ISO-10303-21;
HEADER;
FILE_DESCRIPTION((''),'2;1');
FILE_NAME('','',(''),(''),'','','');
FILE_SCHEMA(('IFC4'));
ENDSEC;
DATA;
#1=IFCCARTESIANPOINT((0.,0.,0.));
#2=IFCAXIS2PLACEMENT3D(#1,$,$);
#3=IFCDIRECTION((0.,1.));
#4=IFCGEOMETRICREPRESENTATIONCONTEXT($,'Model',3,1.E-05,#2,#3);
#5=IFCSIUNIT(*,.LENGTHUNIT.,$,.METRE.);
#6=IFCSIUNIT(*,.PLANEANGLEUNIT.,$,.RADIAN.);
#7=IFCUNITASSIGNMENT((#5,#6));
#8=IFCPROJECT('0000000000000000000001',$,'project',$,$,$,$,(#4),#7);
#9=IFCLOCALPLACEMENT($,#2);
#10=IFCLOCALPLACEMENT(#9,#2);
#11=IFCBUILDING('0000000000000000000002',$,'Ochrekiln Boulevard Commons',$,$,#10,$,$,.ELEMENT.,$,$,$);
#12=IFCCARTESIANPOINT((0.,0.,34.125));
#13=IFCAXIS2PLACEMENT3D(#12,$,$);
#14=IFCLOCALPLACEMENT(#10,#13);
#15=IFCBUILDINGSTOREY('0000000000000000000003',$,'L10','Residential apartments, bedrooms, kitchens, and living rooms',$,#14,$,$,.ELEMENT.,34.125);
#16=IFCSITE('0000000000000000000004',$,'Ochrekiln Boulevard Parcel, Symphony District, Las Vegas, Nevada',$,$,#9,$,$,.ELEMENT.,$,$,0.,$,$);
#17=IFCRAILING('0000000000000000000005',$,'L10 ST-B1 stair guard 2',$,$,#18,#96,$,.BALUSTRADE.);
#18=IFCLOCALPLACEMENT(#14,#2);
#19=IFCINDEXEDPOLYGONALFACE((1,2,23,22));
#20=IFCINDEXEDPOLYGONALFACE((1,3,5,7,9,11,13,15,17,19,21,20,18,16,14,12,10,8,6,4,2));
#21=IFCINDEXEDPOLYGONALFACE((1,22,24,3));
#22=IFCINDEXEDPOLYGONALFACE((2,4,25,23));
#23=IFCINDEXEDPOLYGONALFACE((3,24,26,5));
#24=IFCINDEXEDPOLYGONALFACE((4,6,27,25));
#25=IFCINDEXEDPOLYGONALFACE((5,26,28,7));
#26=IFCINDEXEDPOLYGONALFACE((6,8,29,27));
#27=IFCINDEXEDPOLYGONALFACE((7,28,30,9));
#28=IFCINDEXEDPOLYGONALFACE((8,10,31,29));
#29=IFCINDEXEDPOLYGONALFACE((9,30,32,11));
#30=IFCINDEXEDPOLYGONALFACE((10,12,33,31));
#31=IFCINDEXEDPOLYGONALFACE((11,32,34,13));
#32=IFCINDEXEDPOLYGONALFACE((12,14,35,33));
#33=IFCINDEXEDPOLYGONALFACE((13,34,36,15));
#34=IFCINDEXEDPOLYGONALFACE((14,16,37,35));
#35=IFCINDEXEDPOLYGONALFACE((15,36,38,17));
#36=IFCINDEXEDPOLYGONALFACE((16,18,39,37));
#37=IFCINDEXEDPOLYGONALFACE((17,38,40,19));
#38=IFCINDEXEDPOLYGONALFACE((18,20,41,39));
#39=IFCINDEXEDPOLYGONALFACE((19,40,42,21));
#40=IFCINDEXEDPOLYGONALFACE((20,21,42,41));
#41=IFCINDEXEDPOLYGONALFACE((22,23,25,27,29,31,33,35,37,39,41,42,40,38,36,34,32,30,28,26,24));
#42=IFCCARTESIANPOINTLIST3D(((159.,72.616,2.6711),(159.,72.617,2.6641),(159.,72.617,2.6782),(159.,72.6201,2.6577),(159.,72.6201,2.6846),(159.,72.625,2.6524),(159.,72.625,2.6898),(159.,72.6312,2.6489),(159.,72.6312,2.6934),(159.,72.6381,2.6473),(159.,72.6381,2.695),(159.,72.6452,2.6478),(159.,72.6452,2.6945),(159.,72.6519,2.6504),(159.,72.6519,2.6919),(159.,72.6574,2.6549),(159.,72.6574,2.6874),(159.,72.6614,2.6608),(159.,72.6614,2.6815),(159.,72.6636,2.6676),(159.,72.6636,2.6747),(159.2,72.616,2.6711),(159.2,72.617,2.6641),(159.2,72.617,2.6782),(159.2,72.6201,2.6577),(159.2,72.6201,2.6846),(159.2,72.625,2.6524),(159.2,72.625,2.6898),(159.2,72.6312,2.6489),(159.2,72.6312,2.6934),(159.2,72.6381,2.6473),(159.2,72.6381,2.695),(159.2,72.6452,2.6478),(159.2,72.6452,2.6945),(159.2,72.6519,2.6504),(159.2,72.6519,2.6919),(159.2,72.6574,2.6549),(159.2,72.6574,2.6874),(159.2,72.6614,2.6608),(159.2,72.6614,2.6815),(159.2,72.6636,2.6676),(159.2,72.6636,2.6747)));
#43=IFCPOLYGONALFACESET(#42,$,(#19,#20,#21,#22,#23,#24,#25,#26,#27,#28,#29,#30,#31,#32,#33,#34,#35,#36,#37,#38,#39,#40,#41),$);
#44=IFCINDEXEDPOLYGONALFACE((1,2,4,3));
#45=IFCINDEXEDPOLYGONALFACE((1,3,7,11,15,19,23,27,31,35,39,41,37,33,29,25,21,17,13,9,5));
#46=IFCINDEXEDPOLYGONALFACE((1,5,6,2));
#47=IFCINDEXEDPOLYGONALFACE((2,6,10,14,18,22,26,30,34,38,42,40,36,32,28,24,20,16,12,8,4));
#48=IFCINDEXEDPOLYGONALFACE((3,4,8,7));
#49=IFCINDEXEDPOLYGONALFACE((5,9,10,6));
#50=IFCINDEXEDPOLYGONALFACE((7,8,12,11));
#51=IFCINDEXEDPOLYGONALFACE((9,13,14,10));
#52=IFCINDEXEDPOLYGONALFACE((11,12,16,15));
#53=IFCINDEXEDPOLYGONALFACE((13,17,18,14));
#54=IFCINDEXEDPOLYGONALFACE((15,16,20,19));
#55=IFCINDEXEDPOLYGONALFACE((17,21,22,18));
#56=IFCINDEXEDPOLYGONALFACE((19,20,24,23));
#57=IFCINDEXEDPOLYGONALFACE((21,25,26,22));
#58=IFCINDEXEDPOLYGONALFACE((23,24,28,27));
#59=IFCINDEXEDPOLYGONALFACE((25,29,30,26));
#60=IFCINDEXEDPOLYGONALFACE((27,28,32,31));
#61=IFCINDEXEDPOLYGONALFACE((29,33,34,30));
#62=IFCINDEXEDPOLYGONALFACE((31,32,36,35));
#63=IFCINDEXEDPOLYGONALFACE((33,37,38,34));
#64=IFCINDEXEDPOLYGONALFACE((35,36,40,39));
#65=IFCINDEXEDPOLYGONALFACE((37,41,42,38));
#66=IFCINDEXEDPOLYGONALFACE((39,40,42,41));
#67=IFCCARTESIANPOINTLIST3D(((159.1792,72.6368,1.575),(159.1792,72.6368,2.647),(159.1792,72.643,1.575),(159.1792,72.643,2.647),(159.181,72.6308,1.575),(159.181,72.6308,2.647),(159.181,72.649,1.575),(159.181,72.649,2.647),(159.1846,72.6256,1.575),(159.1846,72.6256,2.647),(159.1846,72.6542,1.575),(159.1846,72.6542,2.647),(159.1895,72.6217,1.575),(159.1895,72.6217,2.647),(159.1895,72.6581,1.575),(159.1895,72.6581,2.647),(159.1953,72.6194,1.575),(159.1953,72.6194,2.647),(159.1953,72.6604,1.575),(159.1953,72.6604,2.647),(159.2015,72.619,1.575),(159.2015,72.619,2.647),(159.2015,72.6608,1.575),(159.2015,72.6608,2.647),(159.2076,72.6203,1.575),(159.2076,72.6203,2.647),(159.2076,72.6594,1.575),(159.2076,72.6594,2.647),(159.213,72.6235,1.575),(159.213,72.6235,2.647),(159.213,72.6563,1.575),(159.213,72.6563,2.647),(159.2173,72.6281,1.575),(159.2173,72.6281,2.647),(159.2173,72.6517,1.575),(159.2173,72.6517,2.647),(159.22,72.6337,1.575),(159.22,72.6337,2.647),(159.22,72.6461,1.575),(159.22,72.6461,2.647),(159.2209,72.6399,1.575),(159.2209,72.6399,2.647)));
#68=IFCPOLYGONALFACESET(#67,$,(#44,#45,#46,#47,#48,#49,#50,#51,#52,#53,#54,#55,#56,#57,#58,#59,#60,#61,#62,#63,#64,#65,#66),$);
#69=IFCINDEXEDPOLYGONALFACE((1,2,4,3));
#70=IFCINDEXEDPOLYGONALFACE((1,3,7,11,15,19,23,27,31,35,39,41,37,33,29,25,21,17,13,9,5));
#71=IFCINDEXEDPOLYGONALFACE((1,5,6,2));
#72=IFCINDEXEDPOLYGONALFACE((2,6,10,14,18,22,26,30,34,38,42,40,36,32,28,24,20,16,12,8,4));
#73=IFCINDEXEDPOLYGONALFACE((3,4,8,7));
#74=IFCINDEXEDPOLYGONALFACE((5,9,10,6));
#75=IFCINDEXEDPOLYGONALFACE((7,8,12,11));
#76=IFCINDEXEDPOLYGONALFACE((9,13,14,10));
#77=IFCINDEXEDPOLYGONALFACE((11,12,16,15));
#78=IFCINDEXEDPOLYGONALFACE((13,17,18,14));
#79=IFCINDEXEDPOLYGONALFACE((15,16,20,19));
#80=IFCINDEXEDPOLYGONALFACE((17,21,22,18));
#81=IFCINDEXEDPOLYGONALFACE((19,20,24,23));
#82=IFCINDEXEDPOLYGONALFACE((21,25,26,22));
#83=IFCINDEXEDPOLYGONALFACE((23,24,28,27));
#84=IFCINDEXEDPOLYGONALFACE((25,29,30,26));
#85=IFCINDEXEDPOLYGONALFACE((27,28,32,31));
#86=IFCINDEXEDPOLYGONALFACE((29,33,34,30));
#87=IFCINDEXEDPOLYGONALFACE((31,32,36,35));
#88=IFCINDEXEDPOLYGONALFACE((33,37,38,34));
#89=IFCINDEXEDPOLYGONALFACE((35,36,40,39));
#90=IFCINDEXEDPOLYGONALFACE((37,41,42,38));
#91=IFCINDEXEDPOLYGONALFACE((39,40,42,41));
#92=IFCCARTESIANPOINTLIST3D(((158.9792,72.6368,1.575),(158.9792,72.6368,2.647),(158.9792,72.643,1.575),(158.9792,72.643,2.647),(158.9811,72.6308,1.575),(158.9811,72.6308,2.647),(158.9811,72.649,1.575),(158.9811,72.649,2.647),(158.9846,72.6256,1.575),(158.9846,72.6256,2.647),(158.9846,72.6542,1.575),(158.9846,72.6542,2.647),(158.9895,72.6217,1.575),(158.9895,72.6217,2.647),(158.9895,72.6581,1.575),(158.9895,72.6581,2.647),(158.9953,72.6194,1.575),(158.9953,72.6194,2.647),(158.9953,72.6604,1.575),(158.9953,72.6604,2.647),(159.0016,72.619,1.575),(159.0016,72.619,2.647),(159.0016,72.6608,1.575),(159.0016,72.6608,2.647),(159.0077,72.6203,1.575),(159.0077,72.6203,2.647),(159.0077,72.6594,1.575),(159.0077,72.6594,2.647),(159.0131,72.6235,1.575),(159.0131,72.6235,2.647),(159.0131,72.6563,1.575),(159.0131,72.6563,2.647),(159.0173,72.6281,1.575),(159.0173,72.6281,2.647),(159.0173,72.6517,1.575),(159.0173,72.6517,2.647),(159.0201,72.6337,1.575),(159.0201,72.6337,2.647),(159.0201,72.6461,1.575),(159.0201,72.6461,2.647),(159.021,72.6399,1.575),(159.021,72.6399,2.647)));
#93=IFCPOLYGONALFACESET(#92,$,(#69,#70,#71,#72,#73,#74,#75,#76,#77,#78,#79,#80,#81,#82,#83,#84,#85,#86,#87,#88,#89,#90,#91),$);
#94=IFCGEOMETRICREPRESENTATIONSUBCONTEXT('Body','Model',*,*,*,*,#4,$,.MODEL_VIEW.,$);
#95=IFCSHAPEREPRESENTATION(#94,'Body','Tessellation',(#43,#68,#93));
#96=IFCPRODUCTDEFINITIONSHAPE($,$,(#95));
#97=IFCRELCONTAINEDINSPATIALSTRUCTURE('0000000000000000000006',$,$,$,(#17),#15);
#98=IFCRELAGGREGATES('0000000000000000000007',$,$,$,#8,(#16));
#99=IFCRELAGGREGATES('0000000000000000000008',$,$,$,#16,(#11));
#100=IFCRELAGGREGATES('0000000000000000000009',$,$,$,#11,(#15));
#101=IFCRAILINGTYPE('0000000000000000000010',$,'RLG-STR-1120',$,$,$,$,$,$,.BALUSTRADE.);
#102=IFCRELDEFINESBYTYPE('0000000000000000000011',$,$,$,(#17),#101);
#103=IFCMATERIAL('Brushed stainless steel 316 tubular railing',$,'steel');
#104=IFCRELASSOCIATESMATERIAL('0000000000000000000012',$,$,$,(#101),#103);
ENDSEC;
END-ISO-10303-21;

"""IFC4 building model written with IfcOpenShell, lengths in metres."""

from ifc_helpers import new_model, si_unit, direction, frame, origin, origin_2d, place, context, subcontext, project, spatial, circle, extrude, material, type_object, element, save


model = new_model("IFC4")

# Units and contexts
model_context = context("Model", 3, precision=1e-05, world=origin(), true_north=direction((0.0, 1.0)))
body_context = subcontext(model_context, "Body", "Model", "MODEL_VIEW")
ifc_project = project(units=[si_unit("LENGTHUNIT", "METRE"), si_unit("PLANEANGLEUNIT", "RADIAN")], contexts=[model_context])

# Site, building, storey
site_placement = place(None, origin())
site = spatial("IfcSite", under=ifc_project, at=site_placement, Name="Ochrekiln Boulevard Parcel, Symphony District, Las Vegas, Nevada", CompositionType="ELEMENT", RefElevation=0.0)
building_placement = place(site_placement, origin())
building = spatial("IfcBuilding", under=site, at=building_placement, Name="Ochrekiln Boulevard Commons", CompositionType="ELEMENT")
storey_placement = place(building_placement, frame((0.0, 0.0, 34.125)))
storey = spatial("IfcBuildingStorey", under=building, at=storey_placement, Name="L10", Description="Residential apartments, bedrooms, kitchens, and living rooms", CompositionType="ELEMENT", Elevation=34.125)

# Railing
ifc_material_1 = material(Name="Brushed stainless steel 316 tubular railing", Category="steel")
railing_type_1 = type_object("IfcRailingType", Name="RLG-STR-1120", PredefinedType="BALUSTRADE", material=ifc_material_1)
railing_1_placement = place(storey_placement, frame((159.2, 72.6399, 1.575)))
element("IfcRailing", 1, at=railing_1_placement, inside=storey, type_object=railing_type_1, Name="L10 ST-B1 stair guard 2", PredefinedType="BALUSTRADE", context=body_context, shape_type="SweptSolid", body=[
    extrude(circle(Radius=0.0239, at=origin_2d()), frame((0.0, 0.0, 1.0962), z_axis=(-1.0, 0.0, 0.0), x_axis=(0.0, -1.0, 0.0)), (0.0, 0.0, 1.0), 0.2),
    extrude(circle(Radius=0.021, at=origin_2d()), origin(), (0.0, 0.0, 1.0), 1.072),
    extrude(circle(Radius=0.021, at=origin_2d()), frame((-0.2, 0.0, 0.0)), (0.0, 0.0, 1.0), 1.072),
])

save(model, "model.ifc")
